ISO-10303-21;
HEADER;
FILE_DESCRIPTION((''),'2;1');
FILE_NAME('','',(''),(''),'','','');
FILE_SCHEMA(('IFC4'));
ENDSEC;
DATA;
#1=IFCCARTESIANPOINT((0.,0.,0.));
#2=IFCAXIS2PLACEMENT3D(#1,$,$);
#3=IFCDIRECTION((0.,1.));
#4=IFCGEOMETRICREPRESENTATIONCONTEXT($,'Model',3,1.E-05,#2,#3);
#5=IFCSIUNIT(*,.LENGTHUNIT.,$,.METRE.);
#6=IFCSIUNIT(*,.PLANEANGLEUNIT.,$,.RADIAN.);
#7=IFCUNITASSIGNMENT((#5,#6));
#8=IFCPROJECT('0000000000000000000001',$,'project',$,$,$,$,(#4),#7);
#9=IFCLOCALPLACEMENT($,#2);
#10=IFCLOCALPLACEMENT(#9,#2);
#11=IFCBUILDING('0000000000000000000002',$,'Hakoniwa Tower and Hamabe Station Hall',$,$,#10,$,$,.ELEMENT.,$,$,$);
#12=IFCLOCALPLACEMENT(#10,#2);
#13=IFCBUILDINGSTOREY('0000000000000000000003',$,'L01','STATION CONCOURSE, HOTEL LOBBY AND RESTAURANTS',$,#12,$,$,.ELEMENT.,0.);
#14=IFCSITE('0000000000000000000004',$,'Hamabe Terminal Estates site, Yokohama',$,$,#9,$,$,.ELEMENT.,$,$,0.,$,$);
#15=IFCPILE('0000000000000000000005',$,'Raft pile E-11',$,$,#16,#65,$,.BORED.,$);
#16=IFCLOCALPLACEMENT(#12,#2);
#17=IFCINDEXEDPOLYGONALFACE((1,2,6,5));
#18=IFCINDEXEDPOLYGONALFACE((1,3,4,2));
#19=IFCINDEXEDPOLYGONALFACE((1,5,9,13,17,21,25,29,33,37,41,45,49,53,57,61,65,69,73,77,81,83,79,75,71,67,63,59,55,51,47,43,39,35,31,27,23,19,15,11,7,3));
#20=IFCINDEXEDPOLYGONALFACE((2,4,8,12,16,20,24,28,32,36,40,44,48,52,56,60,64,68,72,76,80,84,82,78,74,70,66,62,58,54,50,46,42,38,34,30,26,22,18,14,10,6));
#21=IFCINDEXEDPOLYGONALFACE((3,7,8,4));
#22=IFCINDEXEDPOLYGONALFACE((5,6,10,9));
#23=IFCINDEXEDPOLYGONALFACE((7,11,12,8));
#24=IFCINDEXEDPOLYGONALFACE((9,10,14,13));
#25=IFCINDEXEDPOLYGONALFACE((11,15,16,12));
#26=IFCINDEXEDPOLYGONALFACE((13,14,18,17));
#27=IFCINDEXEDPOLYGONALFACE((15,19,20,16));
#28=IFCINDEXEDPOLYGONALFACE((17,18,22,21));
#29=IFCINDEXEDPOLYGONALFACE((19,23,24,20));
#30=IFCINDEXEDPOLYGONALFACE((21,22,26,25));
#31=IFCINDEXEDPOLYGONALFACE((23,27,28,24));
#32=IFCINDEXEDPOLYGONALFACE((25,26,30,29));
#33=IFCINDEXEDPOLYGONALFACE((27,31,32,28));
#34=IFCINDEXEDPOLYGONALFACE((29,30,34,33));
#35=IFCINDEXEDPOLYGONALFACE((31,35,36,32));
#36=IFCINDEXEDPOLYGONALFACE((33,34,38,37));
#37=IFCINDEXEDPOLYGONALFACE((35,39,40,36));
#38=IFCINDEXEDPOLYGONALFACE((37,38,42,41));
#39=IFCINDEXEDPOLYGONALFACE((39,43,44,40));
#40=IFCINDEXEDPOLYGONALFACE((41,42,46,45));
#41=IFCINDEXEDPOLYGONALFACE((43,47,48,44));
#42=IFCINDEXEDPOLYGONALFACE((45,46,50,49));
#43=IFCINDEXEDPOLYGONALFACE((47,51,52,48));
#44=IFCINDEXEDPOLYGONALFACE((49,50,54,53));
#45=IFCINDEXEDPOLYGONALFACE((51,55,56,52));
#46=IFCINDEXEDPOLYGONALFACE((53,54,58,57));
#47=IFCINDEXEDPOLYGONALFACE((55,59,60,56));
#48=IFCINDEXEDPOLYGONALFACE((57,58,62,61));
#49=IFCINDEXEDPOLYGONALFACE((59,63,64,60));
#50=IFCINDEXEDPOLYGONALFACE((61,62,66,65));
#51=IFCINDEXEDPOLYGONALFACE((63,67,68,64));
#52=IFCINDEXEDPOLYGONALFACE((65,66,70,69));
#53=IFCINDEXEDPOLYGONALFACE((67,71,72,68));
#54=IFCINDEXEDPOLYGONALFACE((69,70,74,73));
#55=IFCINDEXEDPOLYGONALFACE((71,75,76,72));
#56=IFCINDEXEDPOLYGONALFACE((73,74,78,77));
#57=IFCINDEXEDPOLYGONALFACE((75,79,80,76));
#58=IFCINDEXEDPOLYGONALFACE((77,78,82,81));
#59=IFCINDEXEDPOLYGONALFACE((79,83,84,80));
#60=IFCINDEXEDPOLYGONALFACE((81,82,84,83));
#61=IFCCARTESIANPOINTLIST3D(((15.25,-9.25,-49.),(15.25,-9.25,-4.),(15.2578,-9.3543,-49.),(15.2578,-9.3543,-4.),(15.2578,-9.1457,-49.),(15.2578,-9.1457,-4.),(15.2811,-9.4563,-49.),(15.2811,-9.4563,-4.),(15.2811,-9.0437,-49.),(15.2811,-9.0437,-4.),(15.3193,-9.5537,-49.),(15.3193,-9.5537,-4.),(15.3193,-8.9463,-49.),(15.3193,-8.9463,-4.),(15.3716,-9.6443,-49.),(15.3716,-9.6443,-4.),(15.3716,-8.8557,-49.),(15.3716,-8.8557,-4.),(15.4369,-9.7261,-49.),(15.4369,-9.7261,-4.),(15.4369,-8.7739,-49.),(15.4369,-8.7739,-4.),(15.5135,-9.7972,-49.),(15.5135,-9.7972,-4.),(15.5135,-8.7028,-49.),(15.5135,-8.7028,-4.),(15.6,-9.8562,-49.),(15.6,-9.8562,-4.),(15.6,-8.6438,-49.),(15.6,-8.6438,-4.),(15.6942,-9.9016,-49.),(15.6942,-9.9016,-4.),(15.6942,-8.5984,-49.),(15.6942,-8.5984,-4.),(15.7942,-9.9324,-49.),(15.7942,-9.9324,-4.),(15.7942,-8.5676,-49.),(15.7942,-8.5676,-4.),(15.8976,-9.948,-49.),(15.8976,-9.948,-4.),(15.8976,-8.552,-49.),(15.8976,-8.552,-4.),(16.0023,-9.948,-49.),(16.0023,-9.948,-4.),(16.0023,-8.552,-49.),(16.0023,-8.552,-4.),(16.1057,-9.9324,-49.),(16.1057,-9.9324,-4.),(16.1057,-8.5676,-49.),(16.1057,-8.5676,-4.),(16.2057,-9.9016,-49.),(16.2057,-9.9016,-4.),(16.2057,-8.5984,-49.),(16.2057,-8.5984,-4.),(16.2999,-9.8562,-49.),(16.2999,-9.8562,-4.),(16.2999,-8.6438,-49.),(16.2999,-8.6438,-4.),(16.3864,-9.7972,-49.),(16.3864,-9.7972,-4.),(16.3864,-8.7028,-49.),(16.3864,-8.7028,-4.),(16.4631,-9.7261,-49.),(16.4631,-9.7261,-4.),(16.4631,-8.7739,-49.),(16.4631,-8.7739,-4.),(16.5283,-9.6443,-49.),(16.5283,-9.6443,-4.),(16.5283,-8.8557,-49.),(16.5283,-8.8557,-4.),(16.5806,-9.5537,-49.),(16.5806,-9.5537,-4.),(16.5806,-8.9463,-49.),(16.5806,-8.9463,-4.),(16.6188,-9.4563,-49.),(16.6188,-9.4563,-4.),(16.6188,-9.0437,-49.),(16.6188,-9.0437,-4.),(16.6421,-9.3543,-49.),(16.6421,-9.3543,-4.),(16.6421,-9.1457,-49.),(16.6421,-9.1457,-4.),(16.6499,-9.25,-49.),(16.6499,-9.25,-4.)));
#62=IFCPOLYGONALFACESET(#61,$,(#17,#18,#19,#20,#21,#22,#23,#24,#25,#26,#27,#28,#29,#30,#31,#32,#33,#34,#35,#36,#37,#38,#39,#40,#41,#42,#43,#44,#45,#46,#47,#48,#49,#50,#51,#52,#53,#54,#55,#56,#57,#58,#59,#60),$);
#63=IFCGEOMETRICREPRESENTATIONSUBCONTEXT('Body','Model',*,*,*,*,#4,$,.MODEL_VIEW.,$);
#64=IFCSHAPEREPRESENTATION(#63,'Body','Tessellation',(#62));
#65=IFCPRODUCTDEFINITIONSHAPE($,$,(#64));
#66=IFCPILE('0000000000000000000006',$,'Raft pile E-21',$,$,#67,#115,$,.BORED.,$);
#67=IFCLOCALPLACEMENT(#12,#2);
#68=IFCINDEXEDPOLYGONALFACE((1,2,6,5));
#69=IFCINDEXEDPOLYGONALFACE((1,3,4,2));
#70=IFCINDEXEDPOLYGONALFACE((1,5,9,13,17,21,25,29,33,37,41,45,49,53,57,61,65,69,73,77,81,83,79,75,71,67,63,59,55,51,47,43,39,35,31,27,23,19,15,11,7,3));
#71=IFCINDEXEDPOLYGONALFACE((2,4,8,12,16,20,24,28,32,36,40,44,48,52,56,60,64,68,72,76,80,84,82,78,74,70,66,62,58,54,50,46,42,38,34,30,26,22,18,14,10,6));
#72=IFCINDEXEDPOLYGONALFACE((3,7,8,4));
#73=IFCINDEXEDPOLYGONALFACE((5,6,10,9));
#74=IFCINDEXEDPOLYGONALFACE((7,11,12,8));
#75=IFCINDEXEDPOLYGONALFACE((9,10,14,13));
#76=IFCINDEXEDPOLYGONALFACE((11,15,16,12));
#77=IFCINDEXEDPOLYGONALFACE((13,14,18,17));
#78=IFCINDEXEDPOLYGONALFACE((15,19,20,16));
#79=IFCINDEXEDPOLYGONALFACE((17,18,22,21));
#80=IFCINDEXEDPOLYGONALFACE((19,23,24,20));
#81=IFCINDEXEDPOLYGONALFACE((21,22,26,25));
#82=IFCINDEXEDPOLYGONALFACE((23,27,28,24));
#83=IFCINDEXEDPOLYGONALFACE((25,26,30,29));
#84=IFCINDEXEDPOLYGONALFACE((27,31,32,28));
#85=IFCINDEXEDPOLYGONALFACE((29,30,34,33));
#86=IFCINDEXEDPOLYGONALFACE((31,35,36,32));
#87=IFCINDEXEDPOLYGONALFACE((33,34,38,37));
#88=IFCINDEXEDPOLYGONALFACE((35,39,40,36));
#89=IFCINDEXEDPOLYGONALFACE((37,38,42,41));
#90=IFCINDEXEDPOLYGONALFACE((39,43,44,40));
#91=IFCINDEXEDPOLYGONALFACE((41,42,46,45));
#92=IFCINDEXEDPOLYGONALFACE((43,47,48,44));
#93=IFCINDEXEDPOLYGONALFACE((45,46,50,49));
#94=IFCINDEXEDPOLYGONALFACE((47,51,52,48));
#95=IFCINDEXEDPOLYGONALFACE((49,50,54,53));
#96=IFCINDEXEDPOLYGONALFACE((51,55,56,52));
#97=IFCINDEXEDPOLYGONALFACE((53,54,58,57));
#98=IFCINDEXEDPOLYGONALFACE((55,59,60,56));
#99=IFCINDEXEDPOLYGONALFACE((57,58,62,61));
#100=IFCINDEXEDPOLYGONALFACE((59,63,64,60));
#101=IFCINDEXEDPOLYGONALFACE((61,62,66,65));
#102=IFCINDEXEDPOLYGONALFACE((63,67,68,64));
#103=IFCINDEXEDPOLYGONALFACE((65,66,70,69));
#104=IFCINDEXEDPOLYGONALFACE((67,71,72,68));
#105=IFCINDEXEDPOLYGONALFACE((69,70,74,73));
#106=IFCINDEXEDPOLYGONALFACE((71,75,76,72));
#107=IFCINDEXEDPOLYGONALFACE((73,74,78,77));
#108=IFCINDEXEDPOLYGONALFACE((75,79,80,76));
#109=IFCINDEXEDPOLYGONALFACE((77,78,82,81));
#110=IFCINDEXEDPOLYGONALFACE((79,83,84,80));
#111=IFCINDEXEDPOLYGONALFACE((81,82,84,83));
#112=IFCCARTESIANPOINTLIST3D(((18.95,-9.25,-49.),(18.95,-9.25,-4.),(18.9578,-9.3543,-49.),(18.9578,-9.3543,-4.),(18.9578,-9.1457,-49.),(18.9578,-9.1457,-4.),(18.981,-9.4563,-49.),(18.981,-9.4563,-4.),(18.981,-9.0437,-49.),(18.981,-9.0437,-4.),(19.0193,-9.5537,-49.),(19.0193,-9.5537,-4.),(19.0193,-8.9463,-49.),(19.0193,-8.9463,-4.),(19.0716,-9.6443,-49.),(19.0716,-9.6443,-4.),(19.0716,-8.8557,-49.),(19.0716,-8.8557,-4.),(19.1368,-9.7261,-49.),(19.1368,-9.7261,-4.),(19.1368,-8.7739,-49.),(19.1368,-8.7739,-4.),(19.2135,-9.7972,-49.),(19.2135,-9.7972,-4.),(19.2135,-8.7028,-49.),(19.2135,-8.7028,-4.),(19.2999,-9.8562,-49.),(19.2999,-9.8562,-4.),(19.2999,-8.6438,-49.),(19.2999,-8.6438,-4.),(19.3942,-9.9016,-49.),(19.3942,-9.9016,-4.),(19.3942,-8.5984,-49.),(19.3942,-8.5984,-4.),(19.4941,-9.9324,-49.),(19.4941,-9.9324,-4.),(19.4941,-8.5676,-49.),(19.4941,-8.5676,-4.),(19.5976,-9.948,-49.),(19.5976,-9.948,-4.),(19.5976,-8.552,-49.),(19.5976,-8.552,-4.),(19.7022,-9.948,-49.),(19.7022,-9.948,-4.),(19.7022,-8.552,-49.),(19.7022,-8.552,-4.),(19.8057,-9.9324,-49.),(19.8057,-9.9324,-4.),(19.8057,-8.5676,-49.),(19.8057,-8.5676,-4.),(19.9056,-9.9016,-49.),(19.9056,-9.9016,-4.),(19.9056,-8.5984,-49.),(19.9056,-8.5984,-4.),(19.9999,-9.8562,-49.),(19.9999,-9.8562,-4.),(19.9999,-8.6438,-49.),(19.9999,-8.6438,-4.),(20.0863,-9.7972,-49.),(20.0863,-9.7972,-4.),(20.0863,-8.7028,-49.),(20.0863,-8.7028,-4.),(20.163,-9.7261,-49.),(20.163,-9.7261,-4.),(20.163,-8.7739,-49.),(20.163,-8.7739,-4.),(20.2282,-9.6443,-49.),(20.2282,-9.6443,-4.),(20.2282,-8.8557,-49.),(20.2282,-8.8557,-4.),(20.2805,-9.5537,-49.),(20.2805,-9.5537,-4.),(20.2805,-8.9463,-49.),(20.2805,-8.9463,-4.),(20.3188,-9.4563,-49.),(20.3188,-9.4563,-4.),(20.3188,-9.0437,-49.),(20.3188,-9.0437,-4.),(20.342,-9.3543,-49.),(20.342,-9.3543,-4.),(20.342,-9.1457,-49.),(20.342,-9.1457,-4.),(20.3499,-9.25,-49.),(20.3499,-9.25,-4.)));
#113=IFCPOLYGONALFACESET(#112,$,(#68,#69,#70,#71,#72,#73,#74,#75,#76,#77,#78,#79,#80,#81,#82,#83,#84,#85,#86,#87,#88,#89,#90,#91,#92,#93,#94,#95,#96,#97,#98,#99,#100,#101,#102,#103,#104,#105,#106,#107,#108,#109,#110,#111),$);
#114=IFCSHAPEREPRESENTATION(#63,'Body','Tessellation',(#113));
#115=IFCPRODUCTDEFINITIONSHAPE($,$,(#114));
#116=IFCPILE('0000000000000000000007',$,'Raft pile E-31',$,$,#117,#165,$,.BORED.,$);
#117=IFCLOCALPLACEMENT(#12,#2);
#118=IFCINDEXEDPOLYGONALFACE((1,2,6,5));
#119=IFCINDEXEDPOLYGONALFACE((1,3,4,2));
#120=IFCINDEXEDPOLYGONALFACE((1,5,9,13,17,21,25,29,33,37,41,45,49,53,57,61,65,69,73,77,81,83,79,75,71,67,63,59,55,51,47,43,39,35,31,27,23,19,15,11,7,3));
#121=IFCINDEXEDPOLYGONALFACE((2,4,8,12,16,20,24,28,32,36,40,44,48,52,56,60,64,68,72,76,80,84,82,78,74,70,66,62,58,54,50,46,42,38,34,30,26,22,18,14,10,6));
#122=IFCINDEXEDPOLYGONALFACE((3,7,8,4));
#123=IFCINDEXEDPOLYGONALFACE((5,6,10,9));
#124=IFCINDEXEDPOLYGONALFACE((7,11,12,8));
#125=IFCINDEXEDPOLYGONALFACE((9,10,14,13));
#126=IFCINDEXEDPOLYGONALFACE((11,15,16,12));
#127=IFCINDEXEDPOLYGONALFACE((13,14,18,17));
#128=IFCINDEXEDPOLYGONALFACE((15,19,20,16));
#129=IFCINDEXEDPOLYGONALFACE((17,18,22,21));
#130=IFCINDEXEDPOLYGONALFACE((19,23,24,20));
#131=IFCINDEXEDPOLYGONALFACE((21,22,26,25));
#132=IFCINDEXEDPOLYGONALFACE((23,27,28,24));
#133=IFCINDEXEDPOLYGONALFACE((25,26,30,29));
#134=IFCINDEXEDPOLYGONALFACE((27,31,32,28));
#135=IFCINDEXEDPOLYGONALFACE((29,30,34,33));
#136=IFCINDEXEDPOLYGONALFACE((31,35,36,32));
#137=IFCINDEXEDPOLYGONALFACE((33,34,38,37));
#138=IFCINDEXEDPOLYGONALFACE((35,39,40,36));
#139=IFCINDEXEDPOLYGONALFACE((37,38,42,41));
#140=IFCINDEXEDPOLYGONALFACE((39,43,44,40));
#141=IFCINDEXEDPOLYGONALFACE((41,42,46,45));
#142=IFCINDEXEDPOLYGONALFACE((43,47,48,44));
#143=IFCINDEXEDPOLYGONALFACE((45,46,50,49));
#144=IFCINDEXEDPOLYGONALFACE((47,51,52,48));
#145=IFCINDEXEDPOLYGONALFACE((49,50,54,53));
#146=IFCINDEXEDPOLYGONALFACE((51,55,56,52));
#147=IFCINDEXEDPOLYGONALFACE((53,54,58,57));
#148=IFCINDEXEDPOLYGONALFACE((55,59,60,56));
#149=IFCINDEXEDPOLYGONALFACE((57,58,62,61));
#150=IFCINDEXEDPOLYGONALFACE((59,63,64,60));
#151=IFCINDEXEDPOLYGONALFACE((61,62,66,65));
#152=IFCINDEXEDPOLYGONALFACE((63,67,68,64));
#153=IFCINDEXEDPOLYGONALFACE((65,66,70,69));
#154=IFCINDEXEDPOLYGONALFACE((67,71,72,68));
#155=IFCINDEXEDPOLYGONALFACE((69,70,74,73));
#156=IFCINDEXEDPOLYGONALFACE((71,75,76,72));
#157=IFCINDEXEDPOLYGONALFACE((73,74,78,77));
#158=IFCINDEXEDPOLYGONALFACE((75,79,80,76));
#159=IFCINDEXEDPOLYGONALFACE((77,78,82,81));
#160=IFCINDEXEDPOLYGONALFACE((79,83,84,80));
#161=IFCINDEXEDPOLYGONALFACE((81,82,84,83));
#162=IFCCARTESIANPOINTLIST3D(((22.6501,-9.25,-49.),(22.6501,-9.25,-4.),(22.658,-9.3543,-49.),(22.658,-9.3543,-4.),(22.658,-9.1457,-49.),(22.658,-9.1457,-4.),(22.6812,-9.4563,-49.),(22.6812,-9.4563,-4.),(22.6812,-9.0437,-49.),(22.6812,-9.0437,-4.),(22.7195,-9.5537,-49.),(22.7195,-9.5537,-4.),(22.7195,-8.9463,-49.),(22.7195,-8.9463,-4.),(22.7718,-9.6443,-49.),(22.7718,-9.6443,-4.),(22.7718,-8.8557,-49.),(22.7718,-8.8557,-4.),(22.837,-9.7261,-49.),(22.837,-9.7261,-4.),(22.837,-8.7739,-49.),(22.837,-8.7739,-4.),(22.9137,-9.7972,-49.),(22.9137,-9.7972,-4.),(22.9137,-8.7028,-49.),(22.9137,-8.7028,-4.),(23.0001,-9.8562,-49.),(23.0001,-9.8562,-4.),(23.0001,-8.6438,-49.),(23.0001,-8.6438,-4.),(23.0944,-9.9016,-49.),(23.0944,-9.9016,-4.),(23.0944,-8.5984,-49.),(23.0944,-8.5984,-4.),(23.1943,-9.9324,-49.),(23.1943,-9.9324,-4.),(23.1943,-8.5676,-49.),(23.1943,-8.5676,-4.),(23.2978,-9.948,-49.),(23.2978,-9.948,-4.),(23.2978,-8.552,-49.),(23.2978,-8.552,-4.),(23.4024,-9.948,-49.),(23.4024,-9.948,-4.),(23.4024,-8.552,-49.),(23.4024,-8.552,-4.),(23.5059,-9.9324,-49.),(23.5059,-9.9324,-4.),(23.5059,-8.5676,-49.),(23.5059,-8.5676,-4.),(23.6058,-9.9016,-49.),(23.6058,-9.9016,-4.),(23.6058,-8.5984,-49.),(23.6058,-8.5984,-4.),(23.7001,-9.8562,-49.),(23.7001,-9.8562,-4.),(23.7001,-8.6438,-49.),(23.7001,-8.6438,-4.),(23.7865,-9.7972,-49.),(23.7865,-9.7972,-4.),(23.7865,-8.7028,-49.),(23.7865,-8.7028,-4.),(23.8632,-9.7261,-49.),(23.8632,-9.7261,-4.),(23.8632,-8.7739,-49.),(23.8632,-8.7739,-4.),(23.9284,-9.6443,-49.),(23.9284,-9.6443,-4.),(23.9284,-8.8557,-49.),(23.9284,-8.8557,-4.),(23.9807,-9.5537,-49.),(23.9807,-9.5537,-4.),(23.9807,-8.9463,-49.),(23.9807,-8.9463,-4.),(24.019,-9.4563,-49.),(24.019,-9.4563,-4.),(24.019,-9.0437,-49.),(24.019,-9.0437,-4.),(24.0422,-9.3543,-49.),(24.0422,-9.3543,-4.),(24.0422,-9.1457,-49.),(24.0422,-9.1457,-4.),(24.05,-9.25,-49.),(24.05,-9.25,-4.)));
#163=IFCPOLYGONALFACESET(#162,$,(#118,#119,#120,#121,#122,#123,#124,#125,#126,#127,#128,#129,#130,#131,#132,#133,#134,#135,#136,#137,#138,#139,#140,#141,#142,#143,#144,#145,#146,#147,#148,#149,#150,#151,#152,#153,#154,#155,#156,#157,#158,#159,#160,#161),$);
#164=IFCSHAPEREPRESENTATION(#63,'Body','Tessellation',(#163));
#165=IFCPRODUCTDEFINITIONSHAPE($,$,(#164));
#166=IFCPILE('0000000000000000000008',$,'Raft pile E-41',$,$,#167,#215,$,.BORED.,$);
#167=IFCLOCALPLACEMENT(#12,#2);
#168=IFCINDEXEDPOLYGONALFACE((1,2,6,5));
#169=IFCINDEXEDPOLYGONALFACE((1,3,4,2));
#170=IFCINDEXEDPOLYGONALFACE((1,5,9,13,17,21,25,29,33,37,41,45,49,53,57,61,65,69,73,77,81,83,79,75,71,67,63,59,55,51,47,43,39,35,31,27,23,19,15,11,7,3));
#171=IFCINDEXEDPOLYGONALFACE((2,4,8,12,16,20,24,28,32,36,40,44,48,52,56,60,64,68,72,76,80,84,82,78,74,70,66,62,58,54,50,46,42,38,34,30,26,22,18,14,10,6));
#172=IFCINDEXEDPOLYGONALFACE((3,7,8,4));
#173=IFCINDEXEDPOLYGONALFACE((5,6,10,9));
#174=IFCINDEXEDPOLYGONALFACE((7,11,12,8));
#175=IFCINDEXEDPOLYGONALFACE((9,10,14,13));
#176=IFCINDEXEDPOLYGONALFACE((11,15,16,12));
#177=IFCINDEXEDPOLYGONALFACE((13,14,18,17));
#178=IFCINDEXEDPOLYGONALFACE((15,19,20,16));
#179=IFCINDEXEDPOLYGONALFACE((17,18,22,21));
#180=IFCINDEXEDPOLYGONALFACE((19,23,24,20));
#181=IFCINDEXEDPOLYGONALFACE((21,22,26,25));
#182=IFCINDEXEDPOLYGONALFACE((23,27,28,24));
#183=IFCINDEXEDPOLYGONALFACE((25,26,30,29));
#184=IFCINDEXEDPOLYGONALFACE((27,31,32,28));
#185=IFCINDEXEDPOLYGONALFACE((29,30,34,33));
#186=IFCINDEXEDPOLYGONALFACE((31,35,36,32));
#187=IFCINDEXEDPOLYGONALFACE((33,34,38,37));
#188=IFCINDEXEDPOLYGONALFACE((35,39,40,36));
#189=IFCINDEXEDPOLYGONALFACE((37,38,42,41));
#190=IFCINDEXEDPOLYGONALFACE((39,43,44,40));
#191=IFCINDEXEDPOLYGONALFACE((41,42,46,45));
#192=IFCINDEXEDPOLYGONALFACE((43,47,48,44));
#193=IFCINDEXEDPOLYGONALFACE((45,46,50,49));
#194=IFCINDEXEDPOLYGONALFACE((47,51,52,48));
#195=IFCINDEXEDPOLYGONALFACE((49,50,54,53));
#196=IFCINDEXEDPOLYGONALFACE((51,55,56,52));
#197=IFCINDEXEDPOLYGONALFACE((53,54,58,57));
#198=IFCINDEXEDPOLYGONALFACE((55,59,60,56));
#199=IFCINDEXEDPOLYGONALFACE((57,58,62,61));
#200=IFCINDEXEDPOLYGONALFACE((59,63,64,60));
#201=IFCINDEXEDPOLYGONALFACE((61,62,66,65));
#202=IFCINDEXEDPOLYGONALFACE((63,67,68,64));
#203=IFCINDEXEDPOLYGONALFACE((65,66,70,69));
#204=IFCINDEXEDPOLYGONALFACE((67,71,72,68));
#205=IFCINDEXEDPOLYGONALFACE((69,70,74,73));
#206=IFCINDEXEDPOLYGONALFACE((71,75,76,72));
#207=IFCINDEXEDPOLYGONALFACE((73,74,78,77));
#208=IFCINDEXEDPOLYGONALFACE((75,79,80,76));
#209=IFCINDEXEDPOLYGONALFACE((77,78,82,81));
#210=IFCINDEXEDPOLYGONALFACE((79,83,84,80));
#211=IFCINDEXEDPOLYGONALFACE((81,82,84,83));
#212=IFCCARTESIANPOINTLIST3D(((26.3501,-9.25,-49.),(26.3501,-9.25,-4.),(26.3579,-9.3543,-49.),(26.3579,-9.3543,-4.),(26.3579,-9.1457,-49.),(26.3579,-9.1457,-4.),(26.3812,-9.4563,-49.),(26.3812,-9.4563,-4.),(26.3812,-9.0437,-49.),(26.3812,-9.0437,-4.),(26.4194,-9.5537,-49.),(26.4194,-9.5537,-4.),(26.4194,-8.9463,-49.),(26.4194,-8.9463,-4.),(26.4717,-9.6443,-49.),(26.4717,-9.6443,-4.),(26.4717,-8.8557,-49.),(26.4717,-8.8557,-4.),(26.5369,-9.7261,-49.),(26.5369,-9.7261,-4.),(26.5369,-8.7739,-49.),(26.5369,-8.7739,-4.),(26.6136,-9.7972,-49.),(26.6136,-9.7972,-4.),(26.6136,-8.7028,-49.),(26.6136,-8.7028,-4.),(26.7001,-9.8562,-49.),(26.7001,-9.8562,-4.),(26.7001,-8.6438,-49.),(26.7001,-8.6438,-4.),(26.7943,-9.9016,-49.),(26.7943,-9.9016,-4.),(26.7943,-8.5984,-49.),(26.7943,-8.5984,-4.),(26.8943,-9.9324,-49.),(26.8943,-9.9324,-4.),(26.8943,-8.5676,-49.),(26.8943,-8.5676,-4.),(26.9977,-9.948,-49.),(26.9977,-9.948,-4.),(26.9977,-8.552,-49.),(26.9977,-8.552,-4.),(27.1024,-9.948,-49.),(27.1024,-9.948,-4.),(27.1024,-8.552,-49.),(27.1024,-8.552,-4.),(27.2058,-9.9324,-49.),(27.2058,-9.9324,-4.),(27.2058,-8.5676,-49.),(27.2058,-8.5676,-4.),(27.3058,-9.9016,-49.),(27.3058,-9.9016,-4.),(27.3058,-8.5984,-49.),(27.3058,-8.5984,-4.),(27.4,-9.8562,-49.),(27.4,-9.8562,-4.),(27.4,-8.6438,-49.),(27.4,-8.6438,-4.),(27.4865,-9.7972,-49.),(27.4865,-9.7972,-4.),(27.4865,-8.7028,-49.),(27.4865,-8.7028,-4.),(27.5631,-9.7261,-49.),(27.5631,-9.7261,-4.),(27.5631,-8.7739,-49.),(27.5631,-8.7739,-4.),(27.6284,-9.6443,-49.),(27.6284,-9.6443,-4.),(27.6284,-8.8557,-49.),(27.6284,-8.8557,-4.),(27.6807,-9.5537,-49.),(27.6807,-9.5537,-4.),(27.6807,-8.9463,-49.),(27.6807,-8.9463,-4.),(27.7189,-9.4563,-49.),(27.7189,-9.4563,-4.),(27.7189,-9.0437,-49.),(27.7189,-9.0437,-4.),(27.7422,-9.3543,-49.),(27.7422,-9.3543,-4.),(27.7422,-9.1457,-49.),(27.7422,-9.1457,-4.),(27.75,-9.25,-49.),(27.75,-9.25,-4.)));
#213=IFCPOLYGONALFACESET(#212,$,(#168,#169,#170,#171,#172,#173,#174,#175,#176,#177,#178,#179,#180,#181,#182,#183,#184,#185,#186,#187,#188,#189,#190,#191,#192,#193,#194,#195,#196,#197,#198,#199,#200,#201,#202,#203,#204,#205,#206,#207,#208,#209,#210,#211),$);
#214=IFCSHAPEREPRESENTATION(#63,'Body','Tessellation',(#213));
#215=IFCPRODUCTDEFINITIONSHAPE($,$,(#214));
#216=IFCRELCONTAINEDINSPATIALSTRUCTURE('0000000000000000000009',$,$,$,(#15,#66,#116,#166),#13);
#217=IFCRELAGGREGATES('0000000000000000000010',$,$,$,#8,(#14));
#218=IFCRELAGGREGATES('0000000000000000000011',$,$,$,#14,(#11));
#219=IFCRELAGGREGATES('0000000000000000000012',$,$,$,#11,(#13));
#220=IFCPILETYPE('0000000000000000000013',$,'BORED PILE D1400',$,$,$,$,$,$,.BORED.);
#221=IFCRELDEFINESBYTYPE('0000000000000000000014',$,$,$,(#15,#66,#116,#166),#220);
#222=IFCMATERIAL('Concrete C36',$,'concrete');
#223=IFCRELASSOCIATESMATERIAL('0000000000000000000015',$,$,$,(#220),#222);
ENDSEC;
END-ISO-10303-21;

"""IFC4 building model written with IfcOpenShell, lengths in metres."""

from ifc_helpers import new_model, si_unit, direction, frame, origin, origin_2d, place, context, subcontext, project, spatial, circle, extrude, material, material_profile, profile_set, type_object, element, save


model = new_model("IFC4")

# Units and contexts
model_context = context("Model", 3, precision=1e-05, world=origin(), true_north=direction((0.0, 1.0)))
body_context = subcontext(model_context, "Body", "Model", "MODEL_VIEW")
ifc_project = project(units=[si_unit("LENGTHUNIT", "METRE"), si_unit("PLANEANGLEUNIT", "RADIAN")], contexts=[model_context])

# Site, building, storey
site_placement = place(None, origin())
site = spatial("IfcSite", under=ifc_project, at=site_placement, Name="Hamabe Terminal Estates site, Yokohama", CompositionType="ELEMENT", RefElevation=0.0)
building_placement = place(site_placement, origin())
building = spatial("IfcBuilding", under=site, at=building_placement, Name="Hakoniwa Tower and Hamabe Station Hall", CompositionType="ELEMENT")
storey_placement = place(building_placement, origin())
storey = spatial("IfcBuildingStorey", under=building, at=storey_placement, Name="L01", Description="STATION CONCOURSE, HOTEL LOBBY AND RESTAURANTS", CompositionType="ELEMENT", Elevation=0.0)

# Piles
ifc_material_1 = material(Name="Concrete C36", Category="concrete")
ifc_material_profile_1 = material_profile(ifc_material_1, circle(Radius=0.7, at=origin_2d()), Name="BORED PILE D1400")
ifc_profile_set_1 = profile_set([ifc_material_profile_1], Name="Concrete C36")
pile_type = type_object("IfcPileType", Name="BORED PILE D1400", PredefinedType="BORED", material=ifc_profile_set_1)
for number, where, z_axis, x_axis, name in (
    (1, (15.95, -9.25, -4.0), (0.0, 0.0, -1.0), (1.0, 0.0, 0.0), "Raft pile E-11"),
    (2, (19.6499, -9.25, -4.0), (0.0, 0.0, -1.0), (1.0, 0.0, 0.0), "Raft pile E-21"),
    (3, (23.3501, -9.25, -4.0), (0.0, 0.0, -1.0), (1.0, 0.0, 0.0), "Raft pile E-31"),
    (4, (27.05, -9.25, -4.0), (0.0, 0.0, -1.0), (1.0, 0.0, 0.0), "Raft pile E-41"),
):
    element("IfcPile", number, at=place(storey_placement, frame(where, z_axis=z_axis, x_axis=x_axis)), inside=storey, type_object=pile_type, Name=name, PredefinedType="BORED", context=body_context, shape_type="SweptSolid", body=[
        extrude(circle(Radius=0.7, at=origin_2d()), origin(), (0.0, 0.0, 1.0), 45.0),
    ])

save(model, "model.ifc")
